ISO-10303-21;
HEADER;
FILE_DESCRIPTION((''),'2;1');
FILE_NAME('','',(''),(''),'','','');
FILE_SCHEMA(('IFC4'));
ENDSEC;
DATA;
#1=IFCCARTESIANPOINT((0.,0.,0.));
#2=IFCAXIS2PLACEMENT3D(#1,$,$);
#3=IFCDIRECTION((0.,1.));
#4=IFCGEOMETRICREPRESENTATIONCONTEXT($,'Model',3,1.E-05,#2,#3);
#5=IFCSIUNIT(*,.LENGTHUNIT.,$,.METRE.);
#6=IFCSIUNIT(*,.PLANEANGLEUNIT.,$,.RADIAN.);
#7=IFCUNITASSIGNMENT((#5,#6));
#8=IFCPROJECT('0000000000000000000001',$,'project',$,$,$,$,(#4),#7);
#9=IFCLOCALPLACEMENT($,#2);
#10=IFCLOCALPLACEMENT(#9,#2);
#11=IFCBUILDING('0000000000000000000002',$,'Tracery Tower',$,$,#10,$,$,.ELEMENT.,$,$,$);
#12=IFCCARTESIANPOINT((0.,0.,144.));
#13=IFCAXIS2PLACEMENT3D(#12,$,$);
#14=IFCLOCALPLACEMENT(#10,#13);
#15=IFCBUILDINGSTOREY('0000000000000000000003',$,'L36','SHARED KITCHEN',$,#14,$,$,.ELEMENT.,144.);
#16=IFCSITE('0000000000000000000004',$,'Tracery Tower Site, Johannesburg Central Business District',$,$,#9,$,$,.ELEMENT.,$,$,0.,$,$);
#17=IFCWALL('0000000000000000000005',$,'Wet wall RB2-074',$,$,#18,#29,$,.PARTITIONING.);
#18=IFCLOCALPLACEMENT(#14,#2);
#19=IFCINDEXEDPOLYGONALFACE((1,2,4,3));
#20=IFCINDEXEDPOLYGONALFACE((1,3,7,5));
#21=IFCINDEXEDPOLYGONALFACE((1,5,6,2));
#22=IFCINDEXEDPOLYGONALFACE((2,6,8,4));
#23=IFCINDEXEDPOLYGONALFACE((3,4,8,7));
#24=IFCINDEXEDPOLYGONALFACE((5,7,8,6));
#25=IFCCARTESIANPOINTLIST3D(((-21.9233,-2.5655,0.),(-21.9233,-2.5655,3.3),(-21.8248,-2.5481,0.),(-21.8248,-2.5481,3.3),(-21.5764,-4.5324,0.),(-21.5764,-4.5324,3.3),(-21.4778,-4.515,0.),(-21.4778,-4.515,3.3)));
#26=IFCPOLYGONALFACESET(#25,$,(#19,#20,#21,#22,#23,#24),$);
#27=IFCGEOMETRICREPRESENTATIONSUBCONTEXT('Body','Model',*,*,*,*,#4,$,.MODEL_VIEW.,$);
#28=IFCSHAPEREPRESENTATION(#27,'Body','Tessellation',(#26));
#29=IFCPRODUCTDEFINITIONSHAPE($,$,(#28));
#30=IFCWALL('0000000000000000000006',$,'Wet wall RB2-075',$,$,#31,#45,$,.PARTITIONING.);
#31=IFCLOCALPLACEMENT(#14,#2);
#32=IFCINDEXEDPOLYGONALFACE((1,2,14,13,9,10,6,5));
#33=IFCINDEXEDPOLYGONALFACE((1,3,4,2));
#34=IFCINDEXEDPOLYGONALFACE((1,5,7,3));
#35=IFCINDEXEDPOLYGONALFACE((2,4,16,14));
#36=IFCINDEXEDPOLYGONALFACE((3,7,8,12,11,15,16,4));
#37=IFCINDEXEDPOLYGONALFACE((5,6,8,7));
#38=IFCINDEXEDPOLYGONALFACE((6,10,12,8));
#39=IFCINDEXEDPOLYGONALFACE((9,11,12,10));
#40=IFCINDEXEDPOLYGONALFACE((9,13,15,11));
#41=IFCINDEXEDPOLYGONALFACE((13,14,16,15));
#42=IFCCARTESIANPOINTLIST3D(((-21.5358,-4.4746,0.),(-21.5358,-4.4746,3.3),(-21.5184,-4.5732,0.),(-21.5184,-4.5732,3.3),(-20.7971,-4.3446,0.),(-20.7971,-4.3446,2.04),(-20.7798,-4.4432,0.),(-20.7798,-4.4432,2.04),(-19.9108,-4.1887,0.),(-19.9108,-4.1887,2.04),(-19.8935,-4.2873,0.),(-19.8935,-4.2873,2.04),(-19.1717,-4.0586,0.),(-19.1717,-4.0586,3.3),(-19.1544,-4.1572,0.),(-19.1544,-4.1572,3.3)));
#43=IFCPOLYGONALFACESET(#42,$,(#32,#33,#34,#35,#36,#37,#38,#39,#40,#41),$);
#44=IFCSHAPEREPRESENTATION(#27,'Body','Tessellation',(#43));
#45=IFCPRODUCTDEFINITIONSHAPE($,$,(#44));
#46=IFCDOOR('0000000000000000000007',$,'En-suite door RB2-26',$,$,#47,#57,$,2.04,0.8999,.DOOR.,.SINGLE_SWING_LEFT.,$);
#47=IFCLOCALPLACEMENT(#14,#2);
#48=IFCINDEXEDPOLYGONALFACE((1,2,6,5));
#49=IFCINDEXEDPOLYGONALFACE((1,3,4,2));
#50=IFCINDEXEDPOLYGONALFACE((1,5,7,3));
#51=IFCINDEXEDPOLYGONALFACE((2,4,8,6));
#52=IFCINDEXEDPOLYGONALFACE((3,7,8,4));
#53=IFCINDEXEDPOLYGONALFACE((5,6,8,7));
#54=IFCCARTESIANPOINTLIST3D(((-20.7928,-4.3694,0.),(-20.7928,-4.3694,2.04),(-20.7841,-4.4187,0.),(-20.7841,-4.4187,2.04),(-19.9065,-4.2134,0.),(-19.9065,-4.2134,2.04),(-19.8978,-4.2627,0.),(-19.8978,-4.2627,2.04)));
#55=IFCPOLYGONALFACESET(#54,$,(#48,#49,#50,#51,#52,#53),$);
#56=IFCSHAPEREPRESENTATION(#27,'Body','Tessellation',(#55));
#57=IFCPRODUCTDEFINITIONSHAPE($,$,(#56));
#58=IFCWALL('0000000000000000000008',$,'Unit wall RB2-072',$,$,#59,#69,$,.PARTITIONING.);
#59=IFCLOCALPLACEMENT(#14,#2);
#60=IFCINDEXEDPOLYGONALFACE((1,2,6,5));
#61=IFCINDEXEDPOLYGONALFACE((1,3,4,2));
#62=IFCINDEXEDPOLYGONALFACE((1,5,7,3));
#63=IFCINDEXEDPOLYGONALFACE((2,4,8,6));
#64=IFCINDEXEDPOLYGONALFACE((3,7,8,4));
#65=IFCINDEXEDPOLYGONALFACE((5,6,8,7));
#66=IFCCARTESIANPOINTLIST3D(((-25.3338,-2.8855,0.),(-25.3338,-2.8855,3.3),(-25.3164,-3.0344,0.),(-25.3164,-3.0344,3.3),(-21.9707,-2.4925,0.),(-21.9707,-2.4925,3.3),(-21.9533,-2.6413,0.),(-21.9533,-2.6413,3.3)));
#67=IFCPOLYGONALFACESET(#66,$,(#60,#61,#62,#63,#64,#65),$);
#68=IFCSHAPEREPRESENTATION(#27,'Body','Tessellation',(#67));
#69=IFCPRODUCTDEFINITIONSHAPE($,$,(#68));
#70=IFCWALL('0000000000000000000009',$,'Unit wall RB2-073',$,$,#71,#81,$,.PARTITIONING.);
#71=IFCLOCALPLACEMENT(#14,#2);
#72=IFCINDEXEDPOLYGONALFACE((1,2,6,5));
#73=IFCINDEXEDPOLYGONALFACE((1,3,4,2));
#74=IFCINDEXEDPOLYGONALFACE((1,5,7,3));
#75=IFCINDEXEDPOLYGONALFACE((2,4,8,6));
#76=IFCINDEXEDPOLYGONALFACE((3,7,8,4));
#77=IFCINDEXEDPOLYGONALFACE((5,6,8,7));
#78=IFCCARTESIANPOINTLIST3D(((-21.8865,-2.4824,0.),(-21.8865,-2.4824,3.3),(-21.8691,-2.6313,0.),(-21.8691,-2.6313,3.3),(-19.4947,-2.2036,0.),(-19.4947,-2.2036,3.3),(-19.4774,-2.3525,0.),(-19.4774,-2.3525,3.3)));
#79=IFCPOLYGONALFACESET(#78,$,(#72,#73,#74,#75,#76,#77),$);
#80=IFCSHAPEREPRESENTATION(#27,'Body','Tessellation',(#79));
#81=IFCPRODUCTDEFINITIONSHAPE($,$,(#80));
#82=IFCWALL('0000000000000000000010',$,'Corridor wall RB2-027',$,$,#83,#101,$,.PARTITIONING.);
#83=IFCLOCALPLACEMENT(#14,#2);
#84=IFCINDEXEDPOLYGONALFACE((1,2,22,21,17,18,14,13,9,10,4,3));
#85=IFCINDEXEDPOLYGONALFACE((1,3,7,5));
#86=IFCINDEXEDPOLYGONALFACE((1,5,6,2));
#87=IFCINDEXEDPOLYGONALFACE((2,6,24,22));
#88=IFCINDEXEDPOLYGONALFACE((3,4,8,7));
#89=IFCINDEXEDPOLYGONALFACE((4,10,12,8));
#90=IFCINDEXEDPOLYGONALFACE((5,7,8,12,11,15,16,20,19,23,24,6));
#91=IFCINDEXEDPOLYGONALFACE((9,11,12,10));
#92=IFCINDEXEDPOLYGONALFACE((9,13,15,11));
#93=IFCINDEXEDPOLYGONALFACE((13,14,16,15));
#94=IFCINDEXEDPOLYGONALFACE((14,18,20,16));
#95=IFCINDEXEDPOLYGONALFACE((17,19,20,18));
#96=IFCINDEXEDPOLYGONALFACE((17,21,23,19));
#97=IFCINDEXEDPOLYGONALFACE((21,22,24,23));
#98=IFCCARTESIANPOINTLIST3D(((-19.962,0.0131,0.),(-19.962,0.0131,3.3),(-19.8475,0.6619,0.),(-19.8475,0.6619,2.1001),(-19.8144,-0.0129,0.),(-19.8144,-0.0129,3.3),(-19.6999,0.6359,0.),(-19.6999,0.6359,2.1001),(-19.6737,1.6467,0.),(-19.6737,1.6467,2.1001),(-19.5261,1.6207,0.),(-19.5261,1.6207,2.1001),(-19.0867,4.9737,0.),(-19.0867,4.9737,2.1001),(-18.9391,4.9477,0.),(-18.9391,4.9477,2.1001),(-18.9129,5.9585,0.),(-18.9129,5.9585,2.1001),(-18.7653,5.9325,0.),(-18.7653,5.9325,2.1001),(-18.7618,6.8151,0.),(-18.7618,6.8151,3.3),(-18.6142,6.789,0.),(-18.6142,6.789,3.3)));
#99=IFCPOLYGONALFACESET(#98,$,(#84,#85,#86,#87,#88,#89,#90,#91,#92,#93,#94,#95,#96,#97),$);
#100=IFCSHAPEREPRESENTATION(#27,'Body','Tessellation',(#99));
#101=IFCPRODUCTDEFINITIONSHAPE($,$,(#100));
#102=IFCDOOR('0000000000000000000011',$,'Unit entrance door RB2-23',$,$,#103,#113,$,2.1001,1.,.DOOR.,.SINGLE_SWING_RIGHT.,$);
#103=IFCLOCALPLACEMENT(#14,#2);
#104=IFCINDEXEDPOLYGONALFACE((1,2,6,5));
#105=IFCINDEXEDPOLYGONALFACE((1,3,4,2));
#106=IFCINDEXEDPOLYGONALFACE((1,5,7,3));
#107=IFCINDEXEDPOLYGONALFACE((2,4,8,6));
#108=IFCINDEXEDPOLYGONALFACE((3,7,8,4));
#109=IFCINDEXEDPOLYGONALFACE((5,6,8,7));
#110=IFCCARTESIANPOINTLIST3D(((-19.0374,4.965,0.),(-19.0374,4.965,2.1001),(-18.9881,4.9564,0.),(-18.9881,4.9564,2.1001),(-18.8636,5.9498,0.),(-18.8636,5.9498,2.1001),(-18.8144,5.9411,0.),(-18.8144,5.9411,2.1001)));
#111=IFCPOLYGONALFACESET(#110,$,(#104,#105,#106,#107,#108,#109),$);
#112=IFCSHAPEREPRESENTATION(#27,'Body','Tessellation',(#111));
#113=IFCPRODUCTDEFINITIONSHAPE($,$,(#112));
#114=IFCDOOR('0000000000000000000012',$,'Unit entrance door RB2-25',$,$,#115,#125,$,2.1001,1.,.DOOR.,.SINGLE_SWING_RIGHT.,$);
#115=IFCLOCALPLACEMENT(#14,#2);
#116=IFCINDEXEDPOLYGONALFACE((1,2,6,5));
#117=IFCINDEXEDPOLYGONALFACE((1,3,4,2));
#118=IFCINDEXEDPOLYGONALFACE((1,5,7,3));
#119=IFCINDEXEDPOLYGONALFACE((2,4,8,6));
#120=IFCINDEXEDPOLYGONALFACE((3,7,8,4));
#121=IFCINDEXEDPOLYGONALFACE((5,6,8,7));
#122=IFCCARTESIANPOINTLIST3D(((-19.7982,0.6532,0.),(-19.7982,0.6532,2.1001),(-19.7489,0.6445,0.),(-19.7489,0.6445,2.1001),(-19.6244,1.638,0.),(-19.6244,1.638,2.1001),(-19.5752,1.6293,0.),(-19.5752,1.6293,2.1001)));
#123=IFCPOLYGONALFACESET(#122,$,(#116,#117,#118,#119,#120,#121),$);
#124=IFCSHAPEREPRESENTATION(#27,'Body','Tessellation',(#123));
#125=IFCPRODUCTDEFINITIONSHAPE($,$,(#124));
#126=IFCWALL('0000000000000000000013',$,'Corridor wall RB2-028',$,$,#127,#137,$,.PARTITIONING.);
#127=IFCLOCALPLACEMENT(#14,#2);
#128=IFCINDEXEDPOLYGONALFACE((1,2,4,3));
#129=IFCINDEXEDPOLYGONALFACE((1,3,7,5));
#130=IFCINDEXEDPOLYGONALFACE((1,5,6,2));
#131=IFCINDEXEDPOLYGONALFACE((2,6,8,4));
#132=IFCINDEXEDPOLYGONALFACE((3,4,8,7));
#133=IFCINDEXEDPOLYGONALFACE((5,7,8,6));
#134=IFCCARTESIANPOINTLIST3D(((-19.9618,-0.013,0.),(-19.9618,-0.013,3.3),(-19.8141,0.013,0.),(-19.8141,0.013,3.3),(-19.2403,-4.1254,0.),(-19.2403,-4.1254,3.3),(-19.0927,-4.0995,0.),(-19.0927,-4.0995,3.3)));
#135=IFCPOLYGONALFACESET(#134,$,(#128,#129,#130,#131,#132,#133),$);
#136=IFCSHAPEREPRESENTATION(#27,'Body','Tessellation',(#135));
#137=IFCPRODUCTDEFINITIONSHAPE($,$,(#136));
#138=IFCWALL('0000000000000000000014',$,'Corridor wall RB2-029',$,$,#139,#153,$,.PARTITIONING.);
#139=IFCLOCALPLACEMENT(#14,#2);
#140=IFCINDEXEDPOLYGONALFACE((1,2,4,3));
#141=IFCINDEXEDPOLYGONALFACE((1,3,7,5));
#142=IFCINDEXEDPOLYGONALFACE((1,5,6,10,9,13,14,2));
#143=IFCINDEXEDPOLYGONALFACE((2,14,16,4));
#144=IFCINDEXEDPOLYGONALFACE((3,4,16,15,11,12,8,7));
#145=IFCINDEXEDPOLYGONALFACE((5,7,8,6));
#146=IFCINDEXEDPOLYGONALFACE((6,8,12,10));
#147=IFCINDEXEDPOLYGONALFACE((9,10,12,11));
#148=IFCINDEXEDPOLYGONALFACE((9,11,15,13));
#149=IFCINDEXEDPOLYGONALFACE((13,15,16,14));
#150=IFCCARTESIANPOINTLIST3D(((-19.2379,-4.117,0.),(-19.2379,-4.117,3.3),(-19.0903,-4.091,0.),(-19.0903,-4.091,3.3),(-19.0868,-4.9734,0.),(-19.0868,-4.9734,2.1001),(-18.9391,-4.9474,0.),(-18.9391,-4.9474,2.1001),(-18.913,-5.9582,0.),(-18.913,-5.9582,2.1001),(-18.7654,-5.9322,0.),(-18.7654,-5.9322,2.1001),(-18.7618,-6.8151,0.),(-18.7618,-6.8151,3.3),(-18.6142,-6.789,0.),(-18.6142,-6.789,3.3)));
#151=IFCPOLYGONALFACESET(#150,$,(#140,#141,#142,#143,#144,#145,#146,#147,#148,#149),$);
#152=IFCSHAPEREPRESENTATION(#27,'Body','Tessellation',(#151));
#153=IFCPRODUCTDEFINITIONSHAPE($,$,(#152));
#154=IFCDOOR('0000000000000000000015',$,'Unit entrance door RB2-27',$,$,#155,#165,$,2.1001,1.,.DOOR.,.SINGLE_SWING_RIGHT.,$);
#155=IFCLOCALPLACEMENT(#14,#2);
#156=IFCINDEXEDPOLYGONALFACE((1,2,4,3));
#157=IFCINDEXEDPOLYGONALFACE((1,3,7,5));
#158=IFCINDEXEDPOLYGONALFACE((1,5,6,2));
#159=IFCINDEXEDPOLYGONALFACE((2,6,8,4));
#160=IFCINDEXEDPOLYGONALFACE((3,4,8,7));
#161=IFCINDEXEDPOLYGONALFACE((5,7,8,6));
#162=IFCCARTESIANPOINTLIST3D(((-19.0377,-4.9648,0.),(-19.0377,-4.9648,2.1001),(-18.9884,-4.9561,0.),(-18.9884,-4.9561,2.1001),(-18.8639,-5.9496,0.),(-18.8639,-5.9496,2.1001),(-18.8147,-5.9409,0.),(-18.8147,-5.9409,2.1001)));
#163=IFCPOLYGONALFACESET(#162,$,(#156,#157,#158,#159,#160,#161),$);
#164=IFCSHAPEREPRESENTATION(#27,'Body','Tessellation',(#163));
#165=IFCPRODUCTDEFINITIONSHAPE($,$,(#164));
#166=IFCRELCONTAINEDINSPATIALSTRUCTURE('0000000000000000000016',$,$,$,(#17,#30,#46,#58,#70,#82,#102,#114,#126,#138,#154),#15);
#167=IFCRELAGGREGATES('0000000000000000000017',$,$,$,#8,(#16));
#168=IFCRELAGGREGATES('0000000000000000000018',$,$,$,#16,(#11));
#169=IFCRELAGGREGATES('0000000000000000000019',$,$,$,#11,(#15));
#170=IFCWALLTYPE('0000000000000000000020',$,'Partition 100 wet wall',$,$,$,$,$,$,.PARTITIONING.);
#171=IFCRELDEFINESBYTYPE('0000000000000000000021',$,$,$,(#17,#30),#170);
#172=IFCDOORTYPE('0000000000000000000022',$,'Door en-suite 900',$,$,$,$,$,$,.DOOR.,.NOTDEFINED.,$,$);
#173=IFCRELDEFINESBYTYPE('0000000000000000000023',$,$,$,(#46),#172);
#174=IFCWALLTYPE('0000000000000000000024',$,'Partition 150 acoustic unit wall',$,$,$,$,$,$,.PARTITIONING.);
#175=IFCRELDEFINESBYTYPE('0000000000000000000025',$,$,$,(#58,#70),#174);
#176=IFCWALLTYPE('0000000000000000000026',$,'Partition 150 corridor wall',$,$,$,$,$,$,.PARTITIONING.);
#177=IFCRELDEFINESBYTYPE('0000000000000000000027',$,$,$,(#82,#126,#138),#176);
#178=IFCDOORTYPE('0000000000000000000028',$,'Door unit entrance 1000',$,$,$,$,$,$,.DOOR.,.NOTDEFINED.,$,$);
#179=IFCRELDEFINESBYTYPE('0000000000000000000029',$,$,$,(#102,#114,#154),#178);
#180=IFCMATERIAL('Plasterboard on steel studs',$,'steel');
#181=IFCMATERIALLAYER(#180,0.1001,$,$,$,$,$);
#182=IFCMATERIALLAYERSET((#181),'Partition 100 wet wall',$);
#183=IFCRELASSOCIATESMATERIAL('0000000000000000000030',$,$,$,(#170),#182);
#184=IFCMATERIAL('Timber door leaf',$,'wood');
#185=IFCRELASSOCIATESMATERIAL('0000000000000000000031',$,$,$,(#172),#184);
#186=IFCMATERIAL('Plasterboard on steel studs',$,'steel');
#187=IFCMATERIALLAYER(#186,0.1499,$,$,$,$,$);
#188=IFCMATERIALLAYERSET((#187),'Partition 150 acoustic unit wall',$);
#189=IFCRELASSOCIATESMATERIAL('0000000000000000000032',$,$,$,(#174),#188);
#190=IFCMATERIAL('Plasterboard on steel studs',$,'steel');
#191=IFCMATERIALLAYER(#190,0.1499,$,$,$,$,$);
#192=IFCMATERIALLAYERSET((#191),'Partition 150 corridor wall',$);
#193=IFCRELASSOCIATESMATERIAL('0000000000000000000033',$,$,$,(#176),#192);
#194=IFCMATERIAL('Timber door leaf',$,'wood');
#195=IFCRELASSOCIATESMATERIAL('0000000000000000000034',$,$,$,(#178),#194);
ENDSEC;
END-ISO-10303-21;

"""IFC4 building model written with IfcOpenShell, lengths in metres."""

from ifc_helpers import new_model, si_unit, direction, frame, frame_2d, origin, place, context, subcontext, project, spatial, rectangle, extrude, material, layer, layer_set, type_object, element, fill, save


model = new_model("IFC4")

# Units and contexts
model_context = context("Model", 3, precision=1e-05, world=origin(), true_north=direction((0.0, 1.0)))
body_context = subcontext(model_context, "Body", "Model", "MODEL_VIEW")
ifc_project = project(units=[si_unit("LENGTHUNIT", "METRE"), si_unit("PLANEANGLEUNIT", "RADIAN")], contexts=[model_context])

# Site, building, storey
site_placement = place(None, origin())
site = spatial("IfcSite", under=ifc_project, at=site_placement, Name="Tracery Tower Site, Johannesburg Central Business District", CompositionType="ELEMENT", RefElevation=0.0)
building_placement = place(site_placement, origin())
building = spatial("IfcBuilding", under=site, at=building_placement, Name="Tracery Tower", CompositionType="ELEMENT")
storey_placement = place(building_placement, frame((0.0, 0.0, 144.0)))
storey = spatial("IfcBuildingStorey", under=building, at=storey_placement, Name="L36", Description="SHARED KITCHEN", CompositionType="ELEMENT", Elevation=144.0)

# Shared definitions
ifc_material_1 = material(Name="Plasterboard on steel studs", Category="steel")
ifc_layer_1 = layer(ifc_material_1, 0.1001)
ifc_layer_set_1 = layer_set([ifc_layer_1], Name="Partition 100 wet wall")
wall_type_1 = type_object("IfcWallType", Name="Partition 100 wet wall", PredefinedType="PARTITIONING", material=ifc_layer_set_1)

# Shared definitions
ifc_material_2 = material(Name="Timber door leaf", Category="wood")
door_type_1 = type_object("IfcDoorType", Name="Door en-suite 900", OperationType="NOTDEFINED", PredefinedType="DOOR", material=ifc_material_2)

# Wall
wall_1_placement = place(storey_placement, frame((-21.874, -2.5569, 0.0), z_axis=(0.0, 0.0, 1.0), x_axis=(0.173688, -0.984801, 0.0)))
element("IfcWall", 1, at=wall_1_placement, inside=storey, type_object=wall_type_1, Name="Wet wall RB2-074", PredefinedType="PARTITIONING", context=body_context, shape_type="SweptSolid", body=[
    extrude(rectangle(XDim=1.9973, YDim=0.1001, at=frame_2d((0.9985, 0.0))), origin(), (0.0, 0.0, 1.0), 3.3),
])

# Wall, opening, door
wall_2_placement = place(storey_placement, frame((-21.5271, -4.5239, 0.0), z_axis=(0.0, 0.0, 1.0), x_axis=(0.984866, 0.173315, 0.0)))
wall_2 = element("IfcWall", 2, at=wall_2_placement, inside=storey, type_object=wall_type_1, Name="Wet wall RB2-075", PredefinedType="PARTITIONING", context=body_context, shape_type="SweptSolid", body=[
    extrude(rectangle(XDim=2.4004, YDim=0.1001, at=frame_2d((1.2002, 0.0))), origin(), (0.0, 0.0, 1.0), 3.3),
])
opening_1_placement = place(wall_2_placement, frame((0.75, 0.0, 0.0)))
opening_1 = element("IfcOpeningElement", 3, at=opening_1_placement, cuts=wall_2, PredefinedType="OPENING", context=body_context, shape_type="SweptSolid", body=[
    extrude(rectangle(XDim=0.8999, YDim=2.04, at=frame_2d((0.45, 1.02))), frame((0.0, 0.05, 0.0), z_axis=(0.0, -1.0, 0.0), x_axis=(1.0, 0.0, 0.0)), (0.0, 0.0, 1.0), 0.1001),
])
door_1_placement = place(opening_1_placement, origin())
door_1 = element("IfcDoor", 4, at=door_1_placement, inside=storey, type_object=door_type_1, Name="En-suite door RB2-26", OperationType="SINGLE_SWING_LEFT", OverallHeight=2.04, OverallWidth=0.8999, PredefinedType="DOOR", context=body_context, shape_type="SweptSolid", body=[
    extrude(rectangle(XDim=0.8999, YDim=2.04, at=frame_2d((0.45, 1.02))), frame((0.0, 0.0249, 0.0), z_axis=(0.0, -1.0, 0.0), x_axis=(1.0, 0.0, 0.0)), (0.0, 0.0, 1.0), 0.05),
])
fill(opening_1, door_1)

# Walls
ifc_material_3 = material(Name="Plasterboard on steel studs", Category="steel")
ifc_layer_2 = layer(ifc_material_3, 0.1499)
ifc_layer_set_2 = layer_set([ifc_layer_2], Name="Partition 150 acoustic unit wall")
wall_type_2 = type_object("IfcWallType", Name="Partition 150 acoustic unit wall", PredefinedType="PARTITIONING", material=ifc_layer_set_2)
wall_3_placement = place(storey_placement, frame((-25.325, -2.96, 0.0), z_axis=(0.0, 0.0, 1.0), x_axis=(0.993239, 0.116088, 0.0)))
element("IfcWall", 5, at=wall_3_placement, inside=storey, type_object=wall_type_2, Name="Unit wall RB2-072", PredefinedType="PARTITIONING", context=body_context, shape_type="SweptSolid", body=[
    extrude(rectangle(XDim=3.386, YDim=0.1499, at=frame_2d((1.6929, 0.0))), origin(), (0.0, 0.0, 1.0), 3.3),
])
wall_4_placement = place(storey_placement, frame((-21.8779, -2.5569, 0.0), z_axis=(0.0, 0.0, 1.0), x_axis=(0.993275, 0.115782, 0.0)))
element("IfcWall", 6, at=wall_4_placement, inside=storey, type_object=wall_type_2, Name="Unit wall RB2-073", PredefinedType="PARTITIONING", context=body_context, shape_type="SweptSolid", body=[
    extrude(rectangle(XDim=2.408, YDim=0.1499, at=frame_2d((1.2041, 0.0))), origin(), (0.0, 0.0, 1.0), 3.3),
])

# Wall, openings, doors
ifc_material_4 = material(Name="Plasterboard on steel studs", Category="steel")
ifc_layer_3 = layer(ifc_material_4, 0.1499)
ifc_layer_set_3 = layer_set([ifc_layer_3], Name="Partition 150 corridor wall")
wall_type_3 = type_object("IfcWallType", Name="Partition 150 corridor wall", PredefinedType="PARTITIONING", material=ifc_layer_set_3)
wall_5_placement = place(storey_placement, frame((-19.8882, 0.0, 0.0), z_axis=(0.0, 0.0, 1.0), x_axis=(0.173763, 0.984787, 0.0)))
wall_5 = element("IfcWall", 7, at=wall_5_placement, inside=storey, type_object=wall_type_3, Name="Corridor wall RB2-027", PredefinedType="PARTITIONING", context=body_context, shape_type="SweptSolid", body=[
    extrude(rectangle(XDim=6.907, YDim=0.1499, at=frame_2d((3.4536, 0.0))), origin(), (0.0, 0.0, 1.0), 3.3),
])
opening_2_placement = place(wall_5_placement, frame((5.0374, 0.0, 0.0)))
opening_2 = element("IfcOpeningElement", 8, at=opening_2_placement, cuts=wall_5, PredefinedType="OPENING", context=body_context, shape_type="SweptSolid", body=[
    extrude(rectangle(XDim=1.0, YDim=2.1001, at=frame_2d((0.5, 1.05))), frame((0.0, 0.075, 0.0), z_axis=(0.0, -1.0, 0.0), x_axis=(1.0, 0.0, 0.0)), (0.0, 0.0, 1.0), 0.1499),
])
opening_3_placement = place(wall_5_placement, frame((0.6589, 0.0, 0.0)))
opening_3 = element("IfcOpeningElement", 9, at=opening_3_placement, cuts=wall_5, PredefinedType="OPENING", context=body_context, shape_type="SweptSolid", body=[
    extrude(rectangle(XDim=1.0, YDim=2.1001, at=frame_2d((0.5, 1.05))), frame((0.0, 0.075, 0.0), z_axis=(0.0, -1.0, 0.0), x_axis=(1.0, 0.0, 0.0)), (0.0, 0.0, 1.0), 0.1499),
])
ifc_material_5 = material(Name="Timber door leaf", Category="wood")
door_type_2 = type_object("IfcDoorType", Name="Door unit entrance 1000", OperationType="NOTDEFINED", PredefinedType="DOOR", material=ifc_material_5)
door_2_placement = place(opening_2_placement, origin())
door_2 = element("IfcDoor", 10, at=door_2_placement, inside=storey, type_object=door_type_2, Name="Unit entrance door RB2-23", OperationType="SINGLE_SWING_RIGHT", OverallHeight=2.1001, OverallWidth=1.0, PredefinedType="DOOR", context=body_context, shape_type="SweptSolid", body=[
    extrude(rectangle(XDim=1.0, YDim=2.1001, at=frame_2d((0.5, 1.05))), frame((0.0, 0.0249, 0.0), z_axis=(0.0, -1.0, 0.0), x_axis=(1.0, 0.0, 0.0)), (0.0, 0.0, 1.0), 0.05),
])
fill(opening_2, door_2)
door_3_placement = place(opening_3_placement, origin())
door_3 = element("IfcDoor", 11, at=door_3_placement, inside=storey, type_object=door_type_2, Name="Unit entrance door RB2-25", OperationType="SINGLE_SWING_RIGHT", OverallHeight=2.1001, OverallWidth=1.0, PredefinedType="DOOR", context=body_context, shape_type="SweptSolid", body=[
    extrude(rectangle(XDim=1.0, YDim=2.1001, at=frame_2d((0.5, 1.05))), frame((0.0, 0.0249, 0.0), z_axis=(0.0, -1.0, 0.0), x_axis=(1.0, 0.0, 0.0)), (0.0, 0.0, 1.0), 0.05),
])
fill(opening_3, door_3)

# Wall
wall_6_placement = place(storey_placement, frame((-19.8879, 0.0, 0.0), z_axis=(0.0, 0.0, 1.0), x_axis=(0.172785, -0.98496, 0.0)))
element("IfcWall", 12, at=wall_6_placement, inside=storey, type_object=wall_type_3, Name="Corridor wall RB2-028", PredefinedType="PARTITIONING", context=body_context, shape_type="SweptSolid", body=[
    extrude(rectangle(XDim=4.1753, YDim=0.1499, at=frame_2d((2.0876, 0.0))), origin(), (0.0, 0.0, 1.0), 3.3),
])

# Wall, opening, door
wall_7_placement = place(storey_placement, frame((-19.1641, -4.104, 0.0), z_axis=(0.0, 0.0, 1.0), x_axis=(0.17377, -0.984786, 0.0)))
wall_7 = element("IfcWall", 13, at=wall_7_placement, inside=storey, type_object=wall_type_3, Name="Corridor wall RB2-029", PredefinedType="PARTITIONING", context=body_context, shape_type="SweptSolid", body=[
    extrude(rectangle(XDim=2.7397, YDim=0.1499, at=frame_2d((1.3699, 0.0))), origin(), (0.0, 0.0, 1.0), 3.3),
])
opening_4_placement = place(wall_7_placement, frame((0.8696, 0.0, 0.0)))
opening_4 = element("IfcOpeningElement", 14, at=opening_4_placement, cuts=wall_7, PredefinedType="OPENING", context=body_context, shape_type="SweptSolid", body=[
    extrude(rectangle(XDim=1.0, YDim=2.1001, at=frame_2d((0.5, 1.05))), frame((0.0, 0.075, 0.0), z_axis=(0.0, -1.0, 0.0), x_axis=(1.0, 0.0, 0.0)), (0.0, 0.0, 1.0), 0.1499),
])
door_4_placement = place(opening_4_placement, origin())
door_4 = element("IfcDoor", 15, at=door_4_placement, inside=storey, type_object=door_type_2, Name="Unit entrance door RB2-27", OperationType="SINGLE_SWING_RIGHT", OverallHeight=2.1001, OverallWidth=1.0, PredefinedType="DOOR", context=body_context, shape_type="SweptSolid", body=[
    extrude(rectangle(XDim=1.0, YDim=2.1001, at=frame_2d((0.5, 1.05))), frame((0.0, 0.0249, 0.0), z_axis=(0.0, -1.0, 0.0), x_axis=(1.0, 0.0, 0.0)), (0.0, 0.0, 1.0), 0.05),
])
fill(opening_4, door_4)

save(model, "model.ifc")
